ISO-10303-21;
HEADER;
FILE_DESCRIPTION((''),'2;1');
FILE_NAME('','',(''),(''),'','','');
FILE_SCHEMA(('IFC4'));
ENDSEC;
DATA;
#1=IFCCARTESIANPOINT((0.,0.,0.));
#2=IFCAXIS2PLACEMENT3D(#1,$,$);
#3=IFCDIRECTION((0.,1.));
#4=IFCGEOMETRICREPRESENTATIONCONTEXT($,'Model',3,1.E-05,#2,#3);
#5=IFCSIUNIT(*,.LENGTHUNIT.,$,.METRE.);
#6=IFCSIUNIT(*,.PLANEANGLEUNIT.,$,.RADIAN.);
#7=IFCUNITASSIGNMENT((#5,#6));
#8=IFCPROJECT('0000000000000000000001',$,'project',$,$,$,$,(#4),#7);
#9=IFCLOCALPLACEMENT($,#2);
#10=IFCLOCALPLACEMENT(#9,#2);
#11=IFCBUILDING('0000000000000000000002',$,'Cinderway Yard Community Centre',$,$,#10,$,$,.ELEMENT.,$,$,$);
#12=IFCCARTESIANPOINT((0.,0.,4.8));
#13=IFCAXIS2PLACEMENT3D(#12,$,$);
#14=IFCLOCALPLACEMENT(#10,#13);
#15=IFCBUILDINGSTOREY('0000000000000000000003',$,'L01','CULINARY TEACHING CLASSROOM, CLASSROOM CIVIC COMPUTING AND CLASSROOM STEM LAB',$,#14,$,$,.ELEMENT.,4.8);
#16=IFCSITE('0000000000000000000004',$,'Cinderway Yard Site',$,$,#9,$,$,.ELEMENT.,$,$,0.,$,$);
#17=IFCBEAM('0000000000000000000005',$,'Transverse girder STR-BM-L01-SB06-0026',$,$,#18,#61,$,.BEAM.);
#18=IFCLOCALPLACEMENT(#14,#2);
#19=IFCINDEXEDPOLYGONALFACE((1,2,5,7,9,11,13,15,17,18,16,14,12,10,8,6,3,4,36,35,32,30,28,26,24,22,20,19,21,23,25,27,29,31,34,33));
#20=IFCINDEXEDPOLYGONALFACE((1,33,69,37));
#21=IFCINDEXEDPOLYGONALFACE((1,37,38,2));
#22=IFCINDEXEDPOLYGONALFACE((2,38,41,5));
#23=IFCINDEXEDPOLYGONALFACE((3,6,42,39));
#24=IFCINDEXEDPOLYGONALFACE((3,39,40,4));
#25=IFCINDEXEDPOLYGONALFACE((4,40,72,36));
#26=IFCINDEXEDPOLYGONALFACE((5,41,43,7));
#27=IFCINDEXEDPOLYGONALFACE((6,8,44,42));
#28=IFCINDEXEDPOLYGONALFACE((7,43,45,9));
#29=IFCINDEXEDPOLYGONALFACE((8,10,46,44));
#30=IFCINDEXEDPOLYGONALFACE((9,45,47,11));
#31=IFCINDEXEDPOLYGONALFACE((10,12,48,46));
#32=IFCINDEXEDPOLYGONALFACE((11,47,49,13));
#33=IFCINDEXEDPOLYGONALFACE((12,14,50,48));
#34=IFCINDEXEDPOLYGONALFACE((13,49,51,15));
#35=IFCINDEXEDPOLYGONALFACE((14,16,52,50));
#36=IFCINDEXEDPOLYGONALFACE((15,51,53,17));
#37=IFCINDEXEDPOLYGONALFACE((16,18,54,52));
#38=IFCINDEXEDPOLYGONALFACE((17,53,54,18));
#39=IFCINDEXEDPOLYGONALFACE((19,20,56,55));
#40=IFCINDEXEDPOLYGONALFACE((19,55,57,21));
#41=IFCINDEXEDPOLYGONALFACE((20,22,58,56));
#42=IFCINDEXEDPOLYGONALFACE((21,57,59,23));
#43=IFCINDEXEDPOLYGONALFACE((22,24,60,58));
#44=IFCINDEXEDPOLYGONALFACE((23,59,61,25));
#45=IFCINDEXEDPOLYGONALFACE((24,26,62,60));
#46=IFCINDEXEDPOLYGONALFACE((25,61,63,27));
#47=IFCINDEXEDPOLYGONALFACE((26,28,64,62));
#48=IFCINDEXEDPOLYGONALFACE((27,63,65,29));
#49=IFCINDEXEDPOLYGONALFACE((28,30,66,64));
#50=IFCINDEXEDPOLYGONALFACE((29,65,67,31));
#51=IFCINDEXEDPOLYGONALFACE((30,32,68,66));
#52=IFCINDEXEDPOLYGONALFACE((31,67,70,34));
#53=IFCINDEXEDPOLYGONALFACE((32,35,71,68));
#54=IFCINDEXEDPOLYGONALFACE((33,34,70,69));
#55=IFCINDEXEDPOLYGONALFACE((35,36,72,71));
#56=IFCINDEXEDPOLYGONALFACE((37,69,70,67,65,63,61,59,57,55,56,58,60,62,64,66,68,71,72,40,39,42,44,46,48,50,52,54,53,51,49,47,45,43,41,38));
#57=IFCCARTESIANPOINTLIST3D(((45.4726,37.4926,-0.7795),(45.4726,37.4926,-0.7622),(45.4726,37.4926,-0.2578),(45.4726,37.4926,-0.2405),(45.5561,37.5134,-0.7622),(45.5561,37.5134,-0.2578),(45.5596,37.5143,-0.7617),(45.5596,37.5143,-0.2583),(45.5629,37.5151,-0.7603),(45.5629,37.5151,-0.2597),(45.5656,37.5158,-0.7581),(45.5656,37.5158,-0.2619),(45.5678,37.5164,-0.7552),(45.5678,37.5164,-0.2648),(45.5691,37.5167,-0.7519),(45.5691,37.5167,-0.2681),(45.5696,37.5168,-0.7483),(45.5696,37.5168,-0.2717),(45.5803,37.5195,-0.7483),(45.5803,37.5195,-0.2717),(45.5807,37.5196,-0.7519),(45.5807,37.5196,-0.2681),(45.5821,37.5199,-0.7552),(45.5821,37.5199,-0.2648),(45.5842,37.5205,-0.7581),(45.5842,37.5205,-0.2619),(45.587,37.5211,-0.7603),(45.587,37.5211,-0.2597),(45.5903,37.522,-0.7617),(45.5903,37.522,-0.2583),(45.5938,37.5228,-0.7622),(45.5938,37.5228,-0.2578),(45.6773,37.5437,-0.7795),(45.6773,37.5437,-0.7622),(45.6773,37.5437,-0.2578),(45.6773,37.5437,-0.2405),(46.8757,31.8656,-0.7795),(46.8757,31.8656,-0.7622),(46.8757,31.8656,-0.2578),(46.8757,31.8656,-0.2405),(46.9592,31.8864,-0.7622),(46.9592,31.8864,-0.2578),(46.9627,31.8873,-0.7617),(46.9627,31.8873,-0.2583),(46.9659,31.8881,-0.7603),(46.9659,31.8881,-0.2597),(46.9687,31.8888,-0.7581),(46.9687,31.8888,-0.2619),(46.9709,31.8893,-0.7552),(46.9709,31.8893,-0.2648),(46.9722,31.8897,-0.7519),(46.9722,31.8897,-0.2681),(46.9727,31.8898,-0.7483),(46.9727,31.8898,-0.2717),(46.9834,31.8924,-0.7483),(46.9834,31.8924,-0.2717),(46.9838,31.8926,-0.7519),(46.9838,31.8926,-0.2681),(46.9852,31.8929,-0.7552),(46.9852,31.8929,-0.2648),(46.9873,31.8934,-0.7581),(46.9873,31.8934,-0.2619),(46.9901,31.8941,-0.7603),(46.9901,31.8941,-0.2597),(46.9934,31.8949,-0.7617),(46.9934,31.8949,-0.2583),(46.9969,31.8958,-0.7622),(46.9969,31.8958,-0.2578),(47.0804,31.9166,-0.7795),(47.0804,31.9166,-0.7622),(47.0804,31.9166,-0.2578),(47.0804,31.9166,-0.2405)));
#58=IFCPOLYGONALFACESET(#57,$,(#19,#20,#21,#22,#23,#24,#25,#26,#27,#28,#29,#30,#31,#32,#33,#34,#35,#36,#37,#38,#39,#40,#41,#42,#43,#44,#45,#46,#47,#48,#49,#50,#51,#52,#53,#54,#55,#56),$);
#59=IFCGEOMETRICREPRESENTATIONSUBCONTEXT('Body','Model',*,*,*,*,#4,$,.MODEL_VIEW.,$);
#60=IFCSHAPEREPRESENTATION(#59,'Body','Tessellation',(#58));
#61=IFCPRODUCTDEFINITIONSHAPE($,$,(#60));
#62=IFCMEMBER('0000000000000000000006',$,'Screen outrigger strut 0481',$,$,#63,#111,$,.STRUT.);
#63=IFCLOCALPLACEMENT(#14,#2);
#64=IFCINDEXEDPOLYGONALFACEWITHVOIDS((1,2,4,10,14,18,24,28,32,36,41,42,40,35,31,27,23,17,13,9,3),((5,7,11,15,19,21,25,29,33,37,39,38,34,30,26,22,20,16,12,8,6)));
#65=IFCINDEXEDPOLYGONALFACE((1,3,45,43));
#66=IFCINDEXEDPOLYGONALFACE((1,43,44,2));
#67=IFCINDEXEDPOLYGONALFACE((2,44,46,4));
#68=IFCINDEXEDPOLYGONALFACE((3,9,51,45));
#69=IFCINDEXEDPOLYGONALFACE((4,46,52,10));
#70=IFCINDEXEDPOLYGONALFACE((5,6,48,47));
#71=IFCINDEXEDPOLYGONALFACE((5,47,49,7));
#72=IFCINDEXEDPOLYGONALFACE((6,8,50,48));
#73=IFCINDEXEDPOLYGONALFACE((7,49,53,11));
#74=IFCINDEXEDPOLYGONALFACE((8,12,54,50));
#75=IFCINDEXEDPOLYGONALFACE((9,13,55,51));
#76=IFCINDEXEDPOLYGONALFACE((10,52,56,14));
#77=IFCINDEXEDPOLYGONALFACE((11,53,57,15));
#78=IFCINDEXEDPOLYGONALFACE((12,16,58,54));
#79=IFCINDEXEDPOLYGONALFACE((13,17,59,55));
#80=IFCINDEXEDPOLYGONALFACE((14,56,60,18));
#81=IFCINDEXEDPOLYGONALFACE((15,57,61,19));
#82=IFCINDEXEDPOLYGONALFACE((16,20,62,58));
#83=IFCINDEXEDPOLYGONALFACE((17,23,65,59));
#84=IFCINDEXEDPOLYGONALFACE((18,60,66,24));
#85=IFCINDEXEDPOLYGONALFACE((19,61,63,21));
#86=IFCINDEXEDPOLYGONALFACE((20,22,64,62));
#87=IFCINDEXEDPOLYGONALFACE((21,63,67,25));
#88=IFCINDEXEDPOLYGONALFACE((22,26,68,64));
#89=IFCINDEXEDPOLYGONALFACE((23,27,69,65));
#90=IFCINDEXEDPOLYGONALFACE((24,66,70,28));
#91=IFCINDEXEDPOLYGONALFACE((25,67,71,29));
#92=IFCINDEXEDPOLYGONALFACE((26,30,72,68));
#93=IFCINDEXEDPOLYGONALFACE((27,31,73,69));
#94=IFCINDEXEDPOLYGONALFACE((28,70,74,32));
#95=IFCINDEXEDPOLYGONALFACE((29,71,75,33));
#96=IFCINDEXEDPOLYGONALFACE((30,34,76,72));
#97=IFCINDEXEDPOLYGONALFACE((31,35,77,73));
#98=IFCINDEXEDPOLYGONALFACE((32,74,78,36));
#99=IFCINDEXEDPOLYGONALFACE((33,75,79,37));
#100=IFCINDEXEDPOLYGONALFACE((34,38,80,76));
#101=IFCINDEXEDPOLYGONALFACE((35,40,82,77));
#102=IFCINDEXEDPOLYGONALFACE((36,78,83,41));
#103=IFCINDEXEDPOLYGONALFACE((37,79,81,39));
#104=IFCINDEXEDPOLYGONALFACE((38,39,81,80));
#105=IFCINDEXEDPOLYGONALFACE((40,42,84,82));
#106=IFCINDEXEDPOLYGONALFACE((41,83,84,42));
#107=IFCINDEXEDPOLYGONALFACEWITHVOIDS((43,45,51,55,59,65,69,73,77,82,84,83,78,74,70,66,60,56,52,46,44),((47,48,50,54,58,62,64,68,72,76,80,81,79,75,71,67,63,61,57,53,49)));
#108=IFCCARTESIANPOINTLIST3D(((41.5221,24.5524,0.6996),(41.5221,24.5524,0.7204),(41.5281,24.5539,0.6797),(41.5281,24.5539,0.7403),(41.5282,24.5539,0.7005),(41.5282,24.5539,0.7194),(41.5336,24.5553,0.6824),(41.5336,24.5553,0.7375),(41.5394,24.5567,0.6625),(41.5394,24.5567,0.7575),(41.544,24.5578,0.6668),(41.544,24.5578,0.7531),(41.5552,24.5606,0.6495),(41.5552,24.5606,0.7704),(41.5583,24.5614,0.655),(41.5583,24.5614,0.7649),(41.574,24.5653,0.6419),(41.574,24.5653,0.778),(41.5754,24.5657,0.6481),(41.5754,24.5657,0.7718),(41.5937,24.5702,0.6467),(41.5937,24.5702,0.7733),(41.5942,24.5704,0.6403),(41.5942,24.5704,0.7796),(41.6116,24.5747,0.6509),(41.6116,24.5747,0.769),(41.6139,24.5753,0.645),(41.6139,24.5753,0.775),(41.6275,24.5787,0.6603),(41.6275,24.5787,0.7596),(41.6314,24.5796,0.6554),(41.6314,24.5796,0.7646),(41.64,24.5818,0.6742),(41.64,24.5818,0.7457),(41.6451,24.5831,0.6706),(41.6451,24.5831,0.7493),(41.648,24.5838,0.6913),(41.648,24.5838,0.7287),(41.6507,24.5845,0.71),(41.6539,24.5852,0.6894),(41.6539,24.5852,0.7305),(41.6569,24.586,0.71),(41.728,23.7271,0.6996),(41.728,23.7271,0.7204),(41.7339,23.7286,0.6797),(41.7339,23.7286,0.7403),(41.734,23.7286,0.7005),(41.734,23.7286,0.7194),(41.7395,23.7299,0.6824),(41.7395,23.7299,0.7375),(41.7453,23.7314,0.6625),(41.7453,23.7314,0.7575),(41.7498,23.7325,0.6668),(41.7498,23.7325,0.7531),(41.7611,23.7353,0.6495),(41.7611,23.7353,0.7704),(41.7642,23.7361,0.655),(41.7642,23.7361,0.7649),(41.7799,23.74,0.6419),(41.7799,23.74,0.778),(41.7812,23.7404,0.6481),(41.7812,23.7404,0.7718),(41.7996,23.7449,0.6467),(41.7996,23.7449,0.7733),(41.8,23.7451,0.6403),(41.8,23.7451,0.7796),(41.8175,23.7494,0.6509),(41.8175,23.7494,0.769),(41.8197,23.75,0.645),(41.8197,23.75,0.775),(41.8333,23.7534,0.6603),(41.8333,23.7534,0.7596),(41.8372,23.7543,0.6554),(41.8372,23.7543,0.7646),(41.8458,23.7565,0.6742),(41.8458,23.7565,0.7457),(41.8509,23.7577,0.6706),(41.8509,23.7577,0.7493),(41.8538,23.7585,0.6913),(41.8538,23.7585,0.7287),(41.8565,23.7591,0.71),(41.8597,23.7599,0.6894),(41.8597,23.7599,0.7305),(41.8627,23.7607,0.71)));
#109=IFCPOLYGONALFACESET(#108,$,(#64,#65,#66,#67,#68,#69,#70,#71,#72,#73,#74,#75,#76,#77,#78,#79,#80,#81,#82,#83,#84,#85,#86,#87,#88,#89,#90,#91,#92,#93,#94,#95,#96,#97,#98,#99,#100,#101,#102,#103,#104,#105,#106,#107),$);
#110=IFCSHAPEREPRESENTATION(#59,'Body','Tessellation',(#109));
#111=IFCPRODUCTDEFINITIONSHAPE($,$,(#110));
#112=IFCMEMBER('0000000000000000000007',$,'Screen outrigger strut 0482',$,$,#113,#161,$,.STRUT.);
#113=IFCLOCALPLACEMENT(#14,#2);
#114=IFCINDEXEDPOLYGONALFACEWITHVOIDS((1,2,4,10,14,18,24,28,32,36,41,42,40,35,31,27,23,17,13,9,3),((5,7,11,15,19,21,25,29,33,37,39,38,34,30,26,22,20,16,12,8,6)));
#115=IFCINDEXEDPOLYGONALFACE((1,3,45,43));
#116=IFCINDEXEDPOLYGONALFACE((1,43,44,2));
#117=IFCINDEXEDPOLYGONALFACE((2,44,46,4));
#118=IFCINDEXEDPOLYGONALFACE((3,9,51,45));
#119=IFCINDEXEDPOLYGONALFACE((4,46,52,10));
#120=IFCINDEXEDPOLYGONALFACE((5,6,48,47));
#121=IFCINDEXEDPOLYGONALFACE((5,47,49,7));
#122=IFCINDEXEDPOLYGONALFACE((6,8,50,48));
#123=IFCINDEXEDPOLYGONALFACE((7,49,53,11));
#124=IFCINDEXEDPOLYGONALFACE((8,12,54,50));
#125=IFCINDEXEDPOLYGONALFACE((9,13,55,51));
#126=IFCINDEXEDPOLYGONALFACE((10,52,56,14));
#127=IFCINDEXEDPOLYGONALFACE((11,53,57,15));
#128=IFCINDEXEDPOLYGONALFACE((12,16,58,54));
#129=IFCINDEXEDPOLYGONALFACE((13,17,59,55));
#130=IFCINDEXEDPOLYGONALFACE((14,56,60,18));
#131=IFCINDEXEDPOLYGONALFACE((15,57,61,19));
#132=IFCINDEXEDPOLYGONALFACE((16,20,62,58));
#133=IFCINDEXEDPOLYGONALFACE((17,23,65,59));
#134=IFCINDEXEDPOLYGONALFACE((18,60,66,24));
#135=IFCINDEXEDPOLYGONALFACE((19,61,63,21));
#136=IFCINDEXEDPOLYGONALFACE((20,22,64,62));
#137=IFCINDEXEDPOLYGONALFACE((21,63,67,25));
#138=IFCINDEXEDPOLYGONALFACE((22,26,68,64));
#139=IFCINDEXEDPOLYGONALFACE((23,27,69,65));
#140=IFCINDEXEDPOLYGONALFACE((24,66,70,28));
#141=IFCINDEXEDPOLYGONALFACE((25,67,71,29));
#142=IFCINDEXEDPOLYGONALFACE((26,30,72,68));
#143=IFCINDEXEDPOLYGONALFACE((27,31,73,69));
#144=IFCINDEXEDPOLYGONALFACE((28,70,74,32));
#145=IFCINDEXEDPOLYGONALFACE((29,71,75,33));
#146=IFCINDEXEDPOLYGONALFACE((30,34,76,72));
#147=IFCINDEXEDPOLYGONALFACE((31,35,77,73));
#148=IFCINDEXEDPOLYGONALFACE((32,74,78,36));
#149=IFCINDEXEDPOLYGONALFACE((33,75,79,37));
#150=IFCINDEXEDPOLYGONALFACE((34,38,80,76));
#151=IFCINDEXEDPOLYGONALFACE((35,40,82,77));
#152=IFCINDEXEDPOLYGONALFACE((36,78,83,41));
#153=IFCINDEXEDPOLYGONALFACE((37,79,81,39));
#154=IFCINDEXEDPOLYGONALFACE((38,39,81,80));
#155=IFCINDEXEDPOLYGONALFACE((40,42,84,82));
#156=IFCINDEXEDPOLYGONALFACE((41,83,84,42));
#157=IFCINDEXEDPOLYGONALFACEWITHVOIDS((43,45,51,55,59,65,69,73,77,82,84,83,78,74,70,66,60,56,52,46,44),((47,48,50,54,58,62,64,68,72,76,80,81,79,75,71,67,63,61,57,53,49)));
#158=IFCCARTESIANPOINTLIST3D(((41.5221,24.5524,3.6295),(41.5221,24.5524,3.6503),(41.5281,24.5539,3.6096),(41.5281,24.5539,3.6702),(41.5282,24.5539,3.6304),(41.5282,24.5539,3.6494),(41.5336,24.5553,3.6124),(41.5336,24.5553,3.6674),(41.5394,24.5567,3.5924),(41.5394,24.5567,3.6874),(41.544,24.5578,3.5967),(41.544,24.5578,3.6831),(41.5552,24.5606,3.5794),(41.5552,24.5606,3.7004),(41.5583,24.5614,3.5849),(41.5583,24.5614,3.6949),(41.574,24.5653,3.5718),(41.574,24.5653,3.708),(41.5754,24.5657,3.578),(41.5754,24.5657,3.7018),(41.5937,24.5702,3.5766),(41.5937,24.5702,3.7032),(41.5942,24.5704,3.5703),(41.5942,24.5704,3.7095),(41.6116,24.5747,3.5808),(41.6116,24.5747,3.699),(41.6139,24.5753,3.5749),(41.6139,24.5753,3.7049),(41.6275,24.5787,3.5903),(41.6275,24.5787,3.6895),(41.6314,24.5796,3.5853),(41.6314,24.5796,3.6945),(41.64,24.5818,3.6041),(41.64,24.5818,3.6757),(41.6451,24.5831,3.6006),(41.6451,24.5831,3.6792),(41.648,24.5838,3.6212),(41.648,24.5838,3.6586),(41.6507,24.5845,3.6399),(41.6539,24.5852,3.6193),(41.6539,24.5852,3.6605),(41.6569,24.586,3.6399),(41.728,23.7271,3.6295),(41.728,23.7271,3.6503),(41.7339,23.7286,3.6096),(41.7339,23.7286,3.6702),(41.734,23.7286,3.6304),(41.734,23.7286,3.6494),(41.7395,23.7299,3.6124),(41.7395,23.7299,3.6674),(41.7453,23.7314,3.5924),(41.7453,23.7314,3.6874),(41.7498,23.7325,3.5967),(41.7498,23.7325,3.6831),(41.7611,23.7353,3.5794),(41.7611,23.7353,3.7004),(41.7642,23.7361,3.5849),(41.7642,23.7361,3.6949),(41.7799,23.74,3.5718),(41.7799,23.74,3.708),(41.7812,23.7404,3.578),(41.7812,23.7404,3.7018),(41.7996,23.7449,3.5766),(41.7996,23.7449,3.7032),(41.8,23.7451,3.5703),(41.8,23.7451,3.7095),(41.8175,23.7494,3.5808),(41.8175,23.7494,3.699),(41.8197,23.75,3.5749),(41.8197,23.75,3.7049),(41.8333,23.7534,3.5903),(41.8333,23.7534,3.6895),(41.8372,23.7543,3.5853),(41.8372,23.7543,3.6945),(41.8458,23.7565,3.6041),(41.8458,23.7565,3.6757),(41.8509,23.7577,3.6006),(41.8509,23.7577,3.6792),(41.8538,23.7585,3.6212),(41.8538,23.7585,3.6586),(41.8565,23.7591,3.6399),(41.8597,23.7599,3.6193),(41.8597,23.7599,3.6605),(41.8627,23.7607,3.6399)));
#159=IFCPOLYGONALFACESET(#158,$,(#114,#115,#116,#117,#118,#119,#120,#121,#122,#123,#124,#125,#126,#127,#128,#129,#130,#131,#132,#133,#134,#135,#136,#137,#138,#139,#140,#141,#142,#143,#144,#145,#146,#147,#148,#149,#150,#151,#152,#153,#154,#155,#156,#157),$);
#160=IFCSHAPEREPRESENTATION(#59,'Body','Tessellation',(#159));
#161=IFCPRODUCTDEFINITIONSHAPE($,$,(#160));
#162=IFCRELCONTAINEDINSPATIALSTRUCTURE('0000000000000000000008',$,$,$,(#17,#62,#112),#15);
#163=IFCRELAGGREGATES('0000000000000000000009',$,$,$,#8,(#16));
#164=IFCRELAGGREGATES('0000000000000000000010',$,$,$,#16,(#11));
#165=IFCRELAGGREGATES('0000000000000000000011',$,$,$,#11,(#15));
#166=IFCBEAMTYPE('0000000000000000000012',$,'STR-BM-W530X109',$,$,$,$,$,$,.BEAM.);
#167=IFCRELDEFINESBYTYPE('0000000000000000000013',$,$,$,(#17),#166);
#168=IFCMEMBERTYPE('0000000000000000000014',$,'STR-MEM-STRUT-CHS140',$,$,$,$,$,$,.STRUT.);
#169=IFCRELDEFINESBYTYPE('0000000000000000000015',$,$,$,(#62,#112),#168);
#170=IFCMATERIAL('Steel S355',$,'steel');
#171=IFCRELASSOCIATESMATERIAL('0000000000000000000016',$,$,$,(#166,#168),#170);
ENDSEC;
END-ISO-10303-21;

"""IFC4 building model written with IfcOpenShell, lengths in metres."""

from ifc_helpers import new_model, si_unit, direction, frame, origin, origin_2d, place, context, subcontext, project, spatial, hollow_circle, i_section, extrude, material, material_profile, profile_set, type_object, element, save


model = new_model("IFC4")

# Units and contexts
model_context = context("Model", 3, precision=1e-05, world=origin(), true_north=direction((0.0, 1.0)))
body_context = subcontext(model_context, "Body", "Model", "MODEL_VIEW")
ifc_project = project(units=[si_unit("LENGTHUNIT", "METRE"), si_unit("PLANEANGLEUNIT", "RADIAN")], contexts=[model_context])

# Site, building, storey
site_placement = place(None, origin())
site = spatial("IfcSite", under=ifc_project, at=site_placement, Name="Cinderway Yard Site", CompositionType="ELEMENT", RefElevation=0.0)
building_placement = place(site_placement, origin())
building = spatial("IfcBuilding", under=site, at=building_placement, Name="Cinderway Yard Community Centre", CompositionType="ELEMENT")
storey_placement = place(building_placement, frame((0.0, 0.0, 4.8)))
storey = spatial("IfcBuildingStorey", under=building, at=storey_placement, Name="L01", Description="CULINARY TEACHING CLASSROOM, CLASSROOM CIVIC COMPUTING AND CLASSROOM STEM LAB", CompositionType="ELEMENT", Elevation=4.8)

# Shared definitions
ifc_material_1 = material(Name="Steel S355", Category="steel")

# Beam
ifc_material_profile_1 = material_profile(ifc_material_1, i_section(OverallWidth=0.2109, OverallDepth=0.5391, WebThickness=0.011, FlangeThickness=0.0173, FilletRadius=0.0139, at=origin_2d()), Name="Steel S355")
ifc_profile_set_1 = profile_set([ifc_material_profile_1], Name="Steel S355")
beam_type_1 = type_object("IfcBeamType", Name="STR-BM-W530X109", PredefinedType="BEAM", material=ifc_profile_set_1)
beam_1_placement = place(storey_placement, frame((46.978, 31.8911, -0.51), z_axis=(-0.241941, 0.970291, 0.0), x_axis=(-0.970291, -0.241941, 0.0)))
element("IfcBeam", 1, at=beam_1_placement, inside=storey, type_object=beam_type_1, Name="Transverse girder STR-BM-L01-SB06-0026", PredefinedType="BEAM", context=body_context, shape_type="SweptSolid", body=[
    extrude(i_section(OverallWidth=0.2109, OverallDepth=0.5391, WebThickness=0.011, FlangeThickness=0.0173, FilletRadius=0.0139, at=origin_2d()), origin(), (0.0, 0.0, 1.0), 5.7993),
])

# Members
ifc_material_profile_2 = material_profile(ifc_material_1, hollow_circle(Radius=0.0698, WallThickness=0.0063, at=origin_2d()), Name="Steel S355")
ifc_profile_set_2 = profile_set([ifc_material_profile_2], Name="Steel S355")
member_type_1 = type_object("IfcMemberType", Name="STR-MEM-STRUT-CHS140", PredefinedType="STRUT", material=ifc_profile_set_2)
for number, where, z_axis, x_axis, name in (
    (2, (41.5891, 24.5691, 0.71), (0.241995, -0.970277, 0.0), (0.970277, 0.241995, 0.0), "Screen outrigger strut 0481"),
    (3, (41.5891, 24.5691, 3.6399), (0.241995, -0.970277, 0.0), (0.970277, 0.241995, 0.0), "Screen outrigger strut 0482"),
):
    element("IfcMember", number, at=place(storey_placement, frame(where, z_axis=z_axis, x_axis=x_axis)), inside=storey, type_object=member_type_1, Name=name, PredefinedType="STRUT", context=body_context, shape_type="SweptSolid", body=[
        extrude(hollow_circle(Radius=0.0698, WallThickness=0.0063, at=origin_2d()), origin(), (0.0, 0.0, 1.0), 0.8506),
    ])

save(model, "model.ifc")
